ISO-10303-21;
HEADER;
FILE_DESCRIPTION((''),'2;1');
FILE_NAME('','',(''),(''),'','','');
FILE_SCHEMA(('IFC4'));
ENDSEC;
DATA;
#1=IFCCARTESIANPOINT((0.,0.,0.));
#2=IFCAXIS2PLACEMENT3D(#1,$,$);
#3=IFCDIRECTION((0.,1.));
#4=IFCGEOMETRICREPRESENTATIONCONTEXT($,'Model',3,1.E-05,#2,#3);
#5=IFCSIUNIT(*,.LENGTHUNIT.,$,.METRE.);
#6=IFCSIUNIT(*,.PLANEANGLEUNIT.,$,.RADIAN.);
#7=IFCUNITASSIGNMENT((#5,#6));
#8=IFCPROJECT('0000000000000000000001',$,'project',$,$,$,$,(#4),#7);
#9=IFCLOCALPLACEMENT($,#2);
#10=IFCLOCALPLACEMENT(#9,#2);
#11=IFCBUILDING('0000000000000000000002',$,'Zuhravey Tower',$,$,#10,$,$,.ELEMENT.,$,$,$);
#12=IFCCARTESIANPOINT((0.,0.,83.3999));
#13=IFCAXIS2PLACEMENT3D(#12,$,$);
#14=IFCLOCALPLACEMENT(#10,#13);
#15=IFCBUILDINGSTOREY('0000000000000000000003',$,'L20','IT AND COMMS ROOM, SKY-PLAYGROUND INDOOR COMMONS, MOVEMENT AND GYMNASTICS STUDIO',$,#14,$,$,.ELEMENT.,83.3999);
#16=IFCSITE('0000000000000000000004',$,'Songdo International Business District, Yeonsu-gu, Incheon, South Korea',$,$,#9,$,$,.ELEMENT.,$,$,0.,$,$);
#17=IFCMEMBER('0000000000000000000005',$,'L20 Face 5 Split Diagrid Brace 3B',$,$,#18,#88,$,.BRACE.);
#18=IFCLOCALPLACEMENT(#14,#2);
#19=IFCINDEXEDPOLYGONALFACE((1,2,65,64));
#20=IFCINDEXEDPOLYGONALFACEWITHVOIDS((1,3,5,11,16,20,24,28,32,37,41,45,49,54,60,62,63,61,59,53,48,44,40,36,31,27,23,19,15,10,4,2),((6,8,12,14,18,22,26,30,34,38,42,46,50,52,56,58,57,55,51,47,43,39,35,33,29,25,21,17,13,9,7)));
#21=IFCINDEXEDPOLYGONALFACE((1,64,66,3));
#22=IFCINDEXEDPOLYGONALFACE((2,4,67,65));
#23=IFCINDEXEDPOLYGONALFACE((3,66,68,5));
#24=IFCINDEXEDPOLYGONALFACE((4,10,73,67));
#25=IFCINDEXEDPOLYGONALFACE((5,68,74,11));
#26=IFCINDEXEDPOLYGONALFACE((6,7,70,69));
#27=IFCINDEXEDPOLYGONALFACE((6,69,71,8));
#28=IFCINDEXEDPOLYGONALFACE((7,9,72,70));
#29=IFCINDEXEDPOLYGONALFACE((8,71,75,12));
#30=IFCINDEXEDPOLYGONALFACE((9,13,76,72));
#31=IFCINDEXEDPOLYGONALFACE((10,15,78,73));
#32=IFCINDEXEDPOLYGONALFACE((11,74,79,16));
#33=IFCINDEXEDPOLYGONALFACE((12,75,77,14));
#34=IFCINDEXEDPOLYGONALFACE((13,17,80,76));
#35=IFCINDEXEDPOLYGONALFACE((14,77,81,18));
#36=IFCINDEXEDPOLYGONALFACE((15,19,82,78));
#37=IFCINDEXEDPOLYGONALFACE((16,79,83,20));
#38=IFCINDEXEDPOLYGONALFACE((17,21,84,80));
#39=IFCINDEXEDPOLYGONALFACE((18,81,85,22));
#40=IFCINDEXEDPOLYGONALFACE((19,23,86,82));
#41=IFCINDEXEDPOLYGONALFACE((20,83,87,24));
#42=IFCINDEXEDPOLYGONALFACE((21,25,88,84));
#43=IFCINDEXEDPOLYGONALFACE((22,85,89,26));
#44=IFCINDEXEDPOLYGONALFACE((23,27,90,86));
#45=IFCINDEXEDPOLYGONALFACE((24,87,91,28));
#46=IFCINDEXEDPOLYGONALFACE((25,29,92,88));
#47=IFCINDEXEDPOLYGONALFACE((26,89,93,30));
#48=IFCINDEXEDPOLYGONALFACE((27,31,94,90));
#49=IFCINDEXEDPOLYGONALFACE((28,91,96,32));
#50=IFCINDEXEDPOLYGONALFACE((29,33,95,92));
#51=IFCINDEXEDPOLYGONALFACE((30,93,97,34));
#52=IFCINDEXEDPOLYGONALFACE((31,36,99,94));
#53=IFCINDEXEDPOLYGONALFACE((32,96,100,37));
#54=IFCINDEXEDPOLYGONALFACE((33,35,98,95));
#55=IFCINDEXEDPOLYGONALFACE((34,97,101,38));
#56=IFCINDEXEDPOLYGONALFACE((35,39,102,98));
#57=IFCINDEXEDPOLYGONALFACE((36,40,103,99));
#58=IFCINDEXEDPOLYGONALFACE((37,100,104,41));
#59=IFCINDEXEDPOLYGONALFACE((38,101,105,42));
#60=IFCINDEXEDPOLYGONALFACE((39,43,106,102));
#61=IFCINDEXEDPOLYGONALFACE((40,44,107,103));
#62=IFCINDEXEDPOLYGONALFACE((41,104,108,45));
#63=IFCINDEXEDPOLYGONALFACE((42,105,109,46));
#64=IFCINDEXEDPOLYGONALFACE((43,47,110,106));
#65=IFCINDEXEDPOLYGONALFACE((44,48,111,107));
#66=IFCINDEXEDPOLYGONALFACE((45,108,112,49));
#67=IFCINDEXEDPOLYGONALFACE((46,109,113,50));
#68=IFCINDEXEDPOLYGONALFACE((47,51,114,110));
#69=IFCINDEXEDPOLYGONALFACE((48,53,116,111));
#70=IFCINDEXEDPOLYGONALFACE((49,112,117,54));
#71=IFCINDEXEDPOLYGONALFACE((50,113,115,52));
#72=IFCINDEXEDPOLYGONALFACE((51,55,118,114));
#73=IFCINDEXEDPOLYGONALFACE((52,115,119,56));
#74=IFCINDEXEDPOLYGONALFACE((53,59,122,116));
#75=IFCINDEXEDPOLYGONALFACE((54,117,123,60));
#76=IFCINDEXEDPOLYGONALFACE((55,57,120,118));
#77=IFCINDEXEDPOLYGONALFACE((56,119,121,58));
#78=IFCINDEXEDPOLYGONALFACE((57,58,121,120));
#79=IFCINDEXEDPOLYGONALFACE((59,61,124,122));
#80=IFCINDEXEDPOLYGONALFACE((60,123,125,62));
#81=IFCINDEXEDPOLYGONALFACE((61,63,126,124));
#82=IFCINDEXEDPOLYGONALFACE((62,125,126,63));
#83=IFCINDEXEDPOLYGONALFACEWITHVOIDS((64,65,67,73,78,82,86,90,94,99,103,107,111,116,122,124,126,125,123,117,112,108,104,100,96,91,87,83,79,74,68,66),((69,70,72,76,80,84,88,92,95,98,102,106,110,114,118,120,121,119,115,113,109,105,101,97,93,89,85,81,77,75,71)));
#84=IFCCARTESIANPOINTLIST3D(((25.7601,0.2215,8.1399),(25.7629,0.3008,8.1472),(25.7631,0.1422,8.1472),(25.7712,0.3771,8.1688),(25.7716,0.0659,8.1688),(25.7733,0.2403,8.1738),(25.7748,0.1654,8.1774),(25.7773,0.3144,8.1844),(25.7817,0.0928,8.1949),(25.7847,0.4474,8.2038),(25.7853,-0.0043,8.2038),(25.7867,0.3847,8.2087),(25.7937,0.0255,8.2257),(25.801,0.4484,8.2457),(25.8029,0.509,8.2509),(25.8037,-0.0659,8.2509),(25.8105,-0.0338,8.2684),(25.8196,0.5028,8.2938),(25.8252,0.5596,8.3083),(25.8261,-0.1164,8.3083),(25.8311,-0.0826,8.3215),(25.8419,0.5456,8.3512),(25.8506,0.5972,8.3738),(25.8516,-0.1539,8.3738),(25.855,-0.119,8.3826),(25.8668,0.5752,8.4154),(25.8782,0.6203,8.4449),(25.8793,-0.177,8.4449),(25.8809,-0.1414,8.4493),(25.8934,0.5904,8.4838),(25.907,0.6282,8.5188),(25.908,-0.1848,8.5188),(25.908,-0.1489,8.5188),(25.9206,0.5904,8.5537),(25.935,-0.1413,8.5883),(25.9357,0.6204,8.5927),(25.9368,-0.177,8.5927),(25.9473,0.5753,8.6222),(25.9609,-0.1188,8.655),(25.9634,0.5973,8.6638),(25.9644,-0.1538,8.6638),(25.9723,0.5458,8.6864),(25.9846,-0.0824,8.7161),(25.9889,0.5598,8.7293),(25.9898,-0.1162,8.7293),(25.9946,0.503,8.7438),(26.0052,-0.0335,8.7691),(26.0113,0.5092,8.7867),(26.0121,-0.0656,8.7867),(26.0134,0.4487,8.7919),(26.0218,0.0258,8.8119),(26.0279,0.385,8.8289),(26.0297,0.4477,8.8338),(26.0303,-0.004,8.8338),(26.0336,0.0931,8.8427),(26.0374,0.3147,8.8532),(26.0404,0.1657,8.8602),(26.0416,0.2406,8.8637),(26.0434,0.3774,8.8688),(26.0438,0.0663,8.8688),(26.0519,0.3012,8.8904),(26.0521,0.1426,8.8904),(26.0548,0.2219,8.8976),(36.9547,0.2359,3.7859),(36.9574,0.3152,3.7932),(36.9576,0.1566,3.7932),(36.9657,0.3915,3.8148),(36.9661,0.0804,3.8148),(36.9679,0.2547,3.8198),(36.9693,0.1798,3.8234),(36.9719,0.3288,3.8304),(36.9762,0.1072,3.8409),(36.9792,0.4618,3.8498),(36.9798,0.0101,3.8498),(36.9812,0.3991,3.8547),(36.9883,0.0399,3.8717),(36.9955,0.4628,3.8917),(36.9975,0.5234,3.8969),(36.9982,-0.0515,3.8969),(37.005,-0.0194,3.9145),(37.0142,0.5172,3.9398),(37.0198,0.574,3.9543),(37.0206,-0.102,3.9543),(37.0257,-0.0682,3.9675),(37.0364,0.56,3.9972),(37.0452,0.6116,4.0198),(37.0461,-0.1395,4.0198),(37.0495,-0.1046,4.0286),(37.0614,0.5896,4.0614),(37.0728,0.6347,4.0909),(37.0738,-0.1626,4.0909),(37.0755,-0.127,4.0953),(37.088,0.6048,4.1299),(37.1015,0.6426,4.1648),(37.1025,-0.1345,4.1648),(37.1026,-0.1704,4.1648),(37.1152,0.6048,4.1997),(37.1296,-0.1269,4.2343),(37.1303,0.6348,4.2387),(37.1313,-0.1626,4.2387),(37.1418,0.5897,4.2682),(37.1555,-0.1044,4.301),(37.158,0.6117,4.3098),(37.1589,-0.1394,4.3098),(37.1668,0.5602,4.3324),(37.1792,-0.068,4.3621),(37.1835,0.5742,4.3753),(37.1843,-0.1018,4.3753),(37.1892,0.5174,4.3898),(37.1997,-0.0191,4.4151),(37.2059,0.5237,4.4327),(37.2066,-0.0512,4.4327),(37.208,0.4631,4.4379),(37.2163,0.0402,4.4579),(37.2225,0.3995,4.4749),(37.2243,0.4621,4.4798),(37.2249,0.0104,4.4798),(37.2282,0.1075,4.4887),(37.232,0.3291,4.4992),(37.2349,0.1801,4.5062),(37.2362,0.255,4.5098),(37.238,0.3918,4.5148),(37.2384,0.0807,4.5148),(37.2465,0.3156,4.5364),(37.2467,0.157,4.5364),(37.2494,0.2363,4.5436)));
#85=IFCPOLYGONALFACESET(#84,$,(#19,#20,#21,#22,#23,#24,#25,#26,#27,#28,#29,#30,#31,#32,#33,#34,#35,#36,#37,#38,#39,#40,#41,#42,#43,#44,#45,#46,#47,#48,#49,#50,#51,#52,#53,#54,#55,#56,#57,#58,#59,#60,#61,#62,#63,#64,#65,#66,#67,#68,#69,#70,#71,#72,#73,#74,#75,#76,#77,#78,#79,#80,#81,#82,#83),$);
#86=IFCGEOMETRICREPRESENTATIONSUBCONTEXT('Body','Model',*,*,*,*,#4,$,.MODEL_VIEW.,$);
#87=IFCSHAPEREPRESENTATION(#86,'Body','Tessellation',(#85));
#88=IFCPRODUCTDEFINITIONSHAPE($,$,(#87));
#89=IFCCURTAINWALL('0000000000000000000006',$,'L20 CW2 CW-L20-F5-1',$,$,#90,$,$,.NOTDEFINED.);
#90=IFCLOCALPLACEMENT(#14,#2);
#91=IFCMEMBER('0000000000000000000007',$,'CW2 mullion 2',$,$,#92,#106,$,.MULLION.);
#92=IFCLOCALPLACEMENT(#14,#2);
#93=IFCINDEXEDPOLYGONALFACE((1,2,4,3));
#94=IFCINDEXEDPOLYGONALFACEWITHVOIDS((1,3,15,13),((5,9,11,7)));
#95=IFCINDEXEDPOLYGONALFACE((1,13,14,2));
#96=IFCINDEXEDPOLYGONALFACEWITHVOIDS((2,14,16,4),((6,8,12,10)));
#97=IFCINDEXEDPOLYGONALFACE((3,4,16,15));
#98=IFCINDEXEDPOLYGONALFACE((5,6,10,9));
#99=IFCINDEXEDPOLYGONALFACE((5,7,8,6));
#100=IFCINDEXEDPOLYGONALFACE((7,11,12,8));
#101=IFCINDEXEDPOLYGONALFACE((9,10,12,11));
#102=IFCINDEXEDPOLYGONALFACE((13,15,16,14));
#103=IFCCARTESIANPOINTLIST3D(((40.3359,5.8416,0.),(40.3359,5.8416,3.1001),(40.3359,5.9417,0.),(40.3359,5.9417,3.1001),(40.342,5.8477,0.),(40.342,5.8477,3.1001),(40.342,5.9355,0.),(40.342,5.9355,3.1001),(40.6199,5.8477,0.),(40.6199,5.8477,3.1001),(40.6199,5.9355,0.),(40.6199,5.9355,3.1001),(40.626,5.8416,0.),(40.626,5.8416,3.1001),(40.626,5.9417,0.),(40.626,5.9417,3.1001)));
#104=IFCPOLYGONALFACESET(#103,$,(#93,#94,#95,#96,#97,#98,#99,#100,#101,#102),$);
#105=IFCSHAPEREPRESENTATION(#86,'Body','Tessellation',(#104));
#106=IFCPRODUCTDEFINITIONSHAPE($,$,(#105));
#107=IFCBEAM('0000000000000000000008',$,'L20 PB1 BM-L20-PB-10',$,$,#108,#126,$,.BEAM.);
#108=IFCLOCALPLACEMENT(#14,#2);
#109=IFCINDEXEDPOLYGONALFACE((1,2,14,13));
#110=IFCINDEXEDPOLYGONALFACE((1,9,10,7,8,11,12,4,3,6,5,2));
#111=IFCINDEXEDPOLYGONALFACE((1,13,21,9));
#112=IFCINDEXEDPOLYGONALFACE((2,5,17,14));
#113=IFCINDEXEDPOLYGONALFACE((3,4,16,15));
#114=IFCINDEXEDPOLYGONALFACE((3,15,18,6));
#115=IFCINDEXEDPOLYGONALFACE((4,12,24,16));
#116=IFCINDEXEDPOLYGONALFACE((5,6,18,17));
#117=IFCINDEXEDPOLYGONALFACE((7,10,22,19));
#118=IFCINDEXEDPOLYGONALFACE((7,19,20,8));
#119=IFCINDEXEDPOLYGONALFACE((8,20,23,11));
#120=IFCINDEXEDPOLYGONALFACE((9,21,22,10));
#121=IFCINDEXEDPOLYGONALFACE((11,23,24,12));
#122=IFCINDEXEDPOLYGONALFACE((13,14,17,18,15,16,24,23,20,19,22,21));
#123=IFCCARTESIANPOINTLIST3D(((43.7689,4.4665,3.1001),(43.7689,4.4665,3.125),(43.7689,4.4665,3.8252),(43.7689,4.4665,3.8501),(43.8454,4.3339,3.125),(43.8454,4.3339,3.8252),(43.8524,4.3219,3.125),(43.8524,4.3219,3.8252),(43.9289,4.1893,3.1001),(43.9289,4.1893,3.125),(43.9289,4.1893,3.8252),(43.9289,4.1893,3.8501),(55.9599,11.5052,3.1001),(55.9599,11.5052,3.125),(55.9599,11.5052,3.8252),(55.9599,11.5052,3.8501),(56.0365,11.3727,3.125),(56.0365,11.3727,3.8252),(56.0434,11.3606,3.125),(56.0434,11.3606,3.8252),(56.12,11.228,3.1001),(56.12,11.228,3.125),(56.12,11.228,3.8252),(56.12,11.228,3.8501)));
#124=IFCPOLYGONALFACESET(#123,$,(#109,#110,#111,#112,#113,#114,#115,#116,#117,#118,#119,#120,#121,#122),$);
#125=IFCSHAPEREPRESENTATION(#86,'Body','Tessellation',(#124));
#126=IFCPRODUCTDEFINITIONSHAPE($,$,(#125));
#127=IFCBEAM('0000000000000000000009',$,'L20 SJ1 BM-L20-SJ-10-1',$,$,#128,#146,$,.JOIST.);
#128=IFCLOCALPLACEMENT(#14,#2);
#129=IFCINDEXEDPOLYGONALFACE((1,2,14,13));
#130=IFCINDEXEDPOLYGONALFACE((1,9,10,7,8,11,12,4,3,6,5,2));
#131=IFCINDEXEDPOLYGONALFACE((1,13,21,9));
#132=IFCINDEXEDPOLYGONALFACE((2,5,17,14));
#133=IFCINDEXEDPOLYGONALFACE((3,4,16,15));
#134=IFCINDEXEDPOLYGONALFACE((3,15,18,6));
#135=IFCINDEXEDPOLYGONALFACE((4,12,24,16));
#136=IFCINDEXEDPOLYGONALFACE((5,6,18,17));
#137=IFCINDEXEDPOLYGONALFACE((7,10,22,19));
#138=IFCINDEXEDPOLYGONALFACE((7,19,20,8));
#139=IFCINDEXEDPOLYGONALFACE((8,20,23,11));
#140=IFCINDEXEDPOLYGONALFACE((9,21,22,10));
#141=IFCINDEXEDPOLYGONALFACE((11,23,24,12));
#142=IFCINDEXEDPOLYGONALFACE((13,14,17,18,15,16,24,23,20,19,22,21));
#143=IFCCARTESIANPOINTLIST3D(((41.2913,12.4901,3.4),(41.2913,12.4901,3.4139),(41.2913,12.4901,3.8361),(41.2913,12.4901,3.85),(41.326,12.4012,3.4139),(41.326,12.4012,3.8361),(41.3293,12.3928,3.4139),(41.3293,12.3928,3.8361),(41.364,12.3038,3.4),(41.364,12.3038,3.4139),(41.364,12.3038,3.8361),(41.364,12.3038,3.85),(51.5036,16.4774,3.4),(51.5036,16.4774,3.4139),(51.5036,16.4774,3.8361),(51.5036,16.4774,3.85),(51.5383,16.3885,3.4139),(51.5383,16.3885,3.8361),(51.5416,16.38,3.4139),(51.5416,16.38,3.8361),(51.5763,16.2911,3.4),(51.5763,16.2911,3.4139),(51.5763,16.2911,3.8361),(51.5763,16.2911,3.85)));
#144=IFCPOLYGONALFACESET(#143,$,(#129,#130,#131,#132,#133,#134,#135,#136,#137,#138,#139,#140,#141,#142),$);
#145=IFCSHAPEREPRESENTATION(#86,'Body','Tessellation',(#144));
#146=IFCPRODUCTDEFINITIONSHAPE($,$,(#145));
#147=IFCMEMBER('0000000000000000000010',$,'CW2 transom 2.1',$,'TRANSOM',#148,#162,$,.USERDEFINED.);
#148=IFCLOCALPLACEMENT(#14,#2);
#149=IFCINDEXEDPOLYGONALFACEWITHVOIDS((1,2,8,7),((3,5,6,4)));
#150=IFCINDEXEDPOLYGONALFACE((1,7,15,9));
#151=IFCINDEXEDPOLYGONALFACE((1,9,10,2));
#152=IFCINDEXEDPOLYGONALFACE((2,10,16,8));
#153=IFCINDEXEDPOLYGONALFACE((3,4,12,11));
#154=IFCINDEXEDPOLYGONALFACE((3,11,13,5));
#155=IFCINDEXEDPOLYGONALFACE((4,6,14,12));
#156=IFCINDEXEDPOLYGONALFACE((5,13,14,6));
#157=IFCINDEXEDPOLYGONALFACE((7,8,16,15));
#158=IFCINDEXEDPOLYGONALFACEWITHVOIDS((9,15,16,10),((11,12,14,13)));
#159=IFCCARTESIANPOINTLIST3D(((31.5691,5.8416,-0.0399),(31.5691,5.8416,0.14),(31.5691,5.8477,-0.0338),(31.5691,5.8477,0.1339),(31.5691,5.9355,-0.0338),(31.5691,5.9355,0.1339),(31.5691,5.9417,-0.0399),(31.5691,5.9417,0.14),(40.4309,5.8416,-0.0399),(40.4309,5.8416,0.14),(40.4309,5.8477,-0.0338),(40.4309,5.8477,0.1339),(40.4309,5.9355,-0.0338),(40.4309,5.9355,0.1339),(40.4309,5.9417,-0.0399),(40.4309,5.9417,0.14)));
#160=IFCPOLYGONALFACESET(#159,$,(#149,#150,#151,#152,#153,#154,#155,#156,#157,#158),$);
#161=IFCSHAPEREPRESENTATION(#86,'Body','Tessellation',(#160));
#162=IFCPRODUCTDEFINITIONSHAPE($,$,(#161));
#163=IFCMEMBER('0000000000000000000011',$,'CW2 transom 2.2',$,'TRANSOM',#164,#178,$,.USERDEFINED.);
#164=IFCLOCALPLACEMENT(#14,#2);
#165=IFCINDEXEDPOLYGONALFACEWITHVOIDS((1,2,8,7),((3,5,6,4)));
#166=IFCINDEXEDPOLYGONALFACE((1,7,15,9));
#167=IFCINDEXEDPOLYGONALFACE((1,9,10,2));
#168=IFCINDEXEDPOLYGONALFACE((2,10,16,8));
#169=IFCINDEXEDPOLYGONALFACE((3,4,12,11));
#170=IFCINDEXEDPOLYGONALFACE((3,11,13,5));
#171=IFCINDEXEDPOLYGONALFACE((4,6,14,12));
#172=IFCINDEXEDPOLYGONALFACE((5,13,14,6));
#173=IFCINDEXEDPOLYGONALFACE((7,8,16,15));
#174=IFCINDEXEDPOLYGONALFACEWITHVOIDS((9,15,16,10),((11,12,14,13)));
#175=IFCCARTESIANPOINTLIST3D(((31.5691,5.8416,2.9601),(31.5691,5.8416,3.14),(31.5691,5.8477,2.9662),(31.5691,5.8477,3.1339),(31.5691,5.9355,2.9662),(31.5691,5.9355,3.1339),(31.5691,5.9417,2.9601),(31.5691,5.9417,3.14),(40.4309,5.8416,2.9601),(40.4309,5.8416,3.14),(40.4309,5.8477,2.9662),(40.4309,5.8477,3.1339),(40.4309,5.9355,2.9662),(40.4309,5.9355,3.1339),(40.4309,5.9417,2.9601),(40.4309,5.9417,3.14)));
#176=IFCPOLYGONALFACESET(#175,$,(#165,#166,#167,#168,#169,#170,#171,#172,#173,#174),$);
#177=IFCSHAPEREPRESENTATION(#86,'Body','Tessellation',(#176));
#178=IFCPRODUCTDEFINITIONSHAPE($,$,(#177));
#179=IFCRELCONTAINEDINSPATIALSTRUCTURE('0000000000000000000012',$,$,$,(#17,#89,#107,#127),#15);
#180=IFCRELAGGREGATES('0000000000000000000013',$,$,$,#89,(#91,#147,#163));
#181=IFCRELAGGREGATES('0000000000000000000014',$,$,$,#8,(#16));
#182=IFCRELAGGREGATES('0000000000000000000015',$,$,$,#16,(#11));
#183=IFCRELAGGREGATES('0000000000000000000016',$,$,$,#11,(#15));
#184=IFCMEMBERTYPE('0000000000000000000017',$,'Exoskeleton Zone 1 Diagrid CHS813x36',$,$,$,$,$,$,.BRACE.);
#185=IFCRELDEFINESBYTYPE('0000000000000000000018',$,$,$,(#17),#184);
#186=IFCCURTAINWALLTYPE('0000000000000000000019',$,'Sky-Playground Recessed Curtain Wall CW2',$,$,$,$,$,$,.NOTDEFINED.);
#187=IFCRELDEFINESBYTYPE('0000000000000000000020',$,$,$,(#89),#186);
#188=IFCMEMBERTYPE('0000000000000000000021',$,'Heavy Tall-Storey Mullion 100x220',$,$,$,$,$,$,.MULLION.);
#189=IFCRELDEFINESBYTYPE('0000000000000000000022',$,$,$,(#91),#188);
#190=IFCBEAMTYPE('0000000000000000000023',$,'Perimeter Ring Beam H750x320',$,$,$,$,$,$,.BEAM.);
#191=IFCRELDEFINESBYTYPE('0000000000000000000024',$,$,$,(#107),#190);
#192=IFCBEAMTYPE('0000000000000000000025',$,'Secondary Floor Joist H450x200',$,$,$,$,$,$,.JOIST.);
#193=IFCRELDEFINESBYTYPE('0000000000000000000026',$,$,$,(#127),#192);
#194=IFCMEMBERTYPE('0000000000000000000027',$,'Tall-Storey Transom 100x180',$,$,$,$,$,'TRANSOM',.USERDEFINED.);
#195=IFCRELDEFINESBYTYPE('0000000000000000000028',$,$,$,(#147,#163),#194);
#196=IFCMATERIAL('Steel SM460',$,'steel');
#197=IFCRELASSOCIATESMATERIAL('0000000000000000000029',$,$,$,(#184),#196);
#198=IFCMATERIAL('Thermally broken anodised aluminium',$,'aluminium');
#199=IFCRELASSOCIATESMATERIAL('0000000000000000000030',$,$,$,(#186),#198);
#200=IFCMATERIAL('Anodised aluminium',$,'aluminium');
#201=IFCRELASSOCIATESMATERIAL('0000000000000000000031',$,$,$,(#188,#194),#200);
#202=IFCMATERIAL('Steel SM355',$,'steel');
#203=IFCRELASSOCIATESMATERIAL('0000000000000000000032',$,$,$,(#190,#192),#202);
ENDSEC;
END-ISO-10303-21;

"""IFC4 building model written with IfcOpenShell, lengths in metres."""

from ifc_helpers import new_model, si_unit, direction, frame, origin, origin_2d, place, context, subcontext, project, spatial, hollow_rectangle, hollow_circle, i_section, extrude, material, material_profile, profile_set, type_object, element, aggregate, save


model = new_model("IFC4")

# Units and contexts
model_context = context("Model", 3, precision=1e-05, world=origin(), true_north=direction((0.0, 1.0)))
body_context = subcontext(model_context, "Body", "Model", "MODEL_VIEW")
ifc_project = project(units=[si_unit("LENGTHUNIT", "METRE"), si_unit("PLANEANGLEUNIT", "RADIAN")], contexts=[model_context])

# Site, building, storey
site_placement = place(None, origin())
site = spatial("IfcSite", under=ifc_project, at=site_placement, Name="Songdo International Business District, Yeonsu-gu, Incheon, South Korea", CompositionType="ELEMENT", RefElevation=0.0)
building_placement = place(site_placement, origin())
building = spatial("IfcBuilding", under=site, at=building_placement, Name="Zuhravey Tower", CompositionType="ELEMENT")
storey_placement = place(building_placement, frame((0.0, 0.0, 83.3999)))
storey = spatial("IfcBuildingStorey", under=building, at=storey_placement, Name="L20", Description="IT AND COMMS ROOM, SKY-PLAYGROUND INDOOR COMMONS, MOVEMENT AND GYMNASTICS STUDIO", CompositionType="ELEMENT", Elevation=83.3999)

# Member
ifc_material_1 = material(Name="Steel SM460", Category="steel")
ifc_material_profile_1 = material_profile(ifc_material_1, hollow_circle(Radius=0.4065, WallThickness=0.0359, at=origin_2d()), Name="CHS-812.8x36")
ifc_profile_set_1 = profile_set([ifc_material_profile_1], Name="Steel SM460")
member_type_1 = type_object("IfcMemberType", Name="Exoskeleton Zone 1 Diagrid CHS813x36", PredefinedType="BRACE", material=ifc_profile_set_1)
member_1_placement = place(storey_placement, frame((37.1021, 0.2361, 4.1648), z_axis=(-0.931988, -0.001199, 0.362486), x_axis=(0.001287, -0.999999, 0.0)))
element("IfcMember", 1, at=member_1_placement, inside=storey, type_object=member_type_1, Name="L20 Face 5 Split Diagrid Brace 3B", PredefinedType="BRACE", context=body_context, shape_type="SweptSolid", body=[
    extrude(hollow_circle(Radius=0.4065, WallThickness=0.0359, at=origin_2d()), origin(), (0.0, 0.0, 1.0), 12.0115),
])

# Curtain wall, member
ifc_material_2 = material(Name="Thermally broken anodised aluminium", Category="aluminium")
curtain_wall_type = type_object("IfcCurtainWallType", Name="Sky-Playground Recessed Curtain Wall CW2", PredefinedType="NOTDEFINED", material=ifc_material_2)
curtain_wall_placement = place(storey_placement, origin())
curtain_wall = element("IfcCurtainWall", 2, at=curtain_wall_placement, inside=storey, type_object=curtain_wall_type, Name="L20 CW2 CW-L20-F5-1", PredefinedType="NOTDEFINED")
ifc_material_3 = material(Name="Anodised aluminium", Category="aluminium")
ifc_material_profile_2 = material_profile(ifc_material_3, hollow_rectangle(XDim=0.1001, YDim=0.29, WallThickness=0.0061, at=origin_2d()), Name="ALU-RHS-100x290x6")
ifc_profile_set_2 = profile_set([ifc_material_profile_2], Name="Anodised aluminium")
member_type_2 = type_object("IfcMemberType", Name="Heavy Tall-Storey Mullion 100x220", PredefinedType="MULLION", material=ifc_profile_set_2)
member_2_placement = place(storey_placement, frame((40.481, 5.8916, 0.0), z_axis=(0.0, 0.0, 1.0), x_axis=(0.0, -1.0, 0.0)))
member_2 = element("IfcMember", 3, at=member_2_placement, type_object=member_type_2, Name="CW2 mullion 2", PredefinedType="MULLION", context=body_context, shape_type="SweptSolid", body=[
    extrude(hollow_rectangle(XDim=0.1001, YDim=0.29, WallThickness=0.0061, at=origin_2d()), origin(), (0.0, 0.0, 1.0), 3.1001),
])

# Beams
ifc_material_4 = material(Name="Steel SM355", Category="steel")
ifc_material_profile_3 = material_profile(ifc_material_4, i_section(OverallWidth=0.3201, OverallDepth=0.75, WebThickness=0.0139, FlangeThickness=0.0249, at=origin_2d()), Name="H-750x320x14x25")
ifc_profile_set_3 = profile_set([ifc_material_profile_3], Name="Steel SM355")
beam_type_1 = type_object("IfcBeamType", Name="Perimeter Ring Beam H750x320", PredefinedType="BEAM", material=ifc_profile_set_3)
beam_1_placement = place(storey_placement, frame((43.8489, 4.3279, 3.4751), z_axis=(0.866018, 0.500013, 0.0), x_axis=(-0.500013, 0.866018, 0.0)))
element("IfcBeam", 4, at=beam_1_placement, inside=storey, type_object=beam_type_1, Name="L20 PB1 BM-L20-PB-10", PredefinedType="BEAM", context=body_context, shape_type="SweptSolid", body=[
    extrude(i_section(OverallWidth=0.3201, OverallDepth=0.75, WebThickness=0.0139, FlangeThickness=0.0249, at=origin_2d()), origin(), (0.0, 0.0, 1.0), 14.0771),
])
ifc_material_profile_4 = material_profile(ifc_material_4, i_section(OverallWidth=0.2, OverallDepth=0.45, WebThickness=0.009, FlangeThickness=0.0139, at=origin_2d()), Name="H-450x200x9x14")
ifc_profile_set_4 = profile_set([ifc_material_profile_4], Name="Steel SM355")
beam_type_2 = type_object("IfcBeamType", Name="Secondary Floor Joist H450x200", PredefinedType="JOIST", material=ifc_profile_set_4)
beam_2_placement = place(storey_placement, frame((41.3276, 12.397, 3.625), z_axis=(0.931517, 0.363699, 0.0), x_axis=(-0.363699, 0.931517, 0.0)))
element("IfcBeam", 5, at=beam_2_placement, inside=storey, type_object=beam_type_2, Name="L20 SJ1 BM-L20-SJ-10-1", PredefinedType="JOIST", context=body_context, shape_type="SweptSolid", body=[
    extrude(i_section(OverallWidth=0.2, OverallDepth=0.45, WebThickness=0.009, FlangeThickness=0.0139, at=origin_2d()), origin(), (0.0, 0.0, 1.0), 10.9631),
])

# Members
ifc_material_profile_5 = material_profile(ifc_material_3, hollow_rectangle(XDim=0.1001, YDim=0.1799, WallThickness=0.0061, at=origin_2d()), Name="ALU-RHS-100x180x6")
ifc_profile_set_5 = profile_set([ifc_material_profile_5], Name="Anodised aluminium")
member_type_3 = type_object("IfcMemberType", Name="Tall-Storey Transom 100x180", ElementType="TRANSOM", PredefinedType="USERDEFINED", material=ifc_profile_set_5)
member_3_placement = place(storey_placement, frame((40.4309, 5.8916, 0.05), z_axis=(-1.0, 0.0, 0.0), x_axis=(0.0, -1.0, 0.0)))
member_3 = element("IfcMember", 6, at=member_3_placement, type_object=member_type_3, Name="CW2 transom 2.1", ObjectType="TRANSOM", PredefinedType="USERDEFINED", context=body_context, shape_type="SweptSolid", body=[
    extrude(hollow_rectangle(XDim=0.1001, YDim=0.1799, WallThickness=0.0061, at=origin_2d()), origin(), (0.0, 0.0, 1.0), 8.8618),
])
member_4_placement = place(storey_placement, frame((40.4309, 5.8916, 3.05), z_axis=(-1.0, 0.0, 0.0), x_axis=(0.0, -1.0, 0.0)))
member_4 = element("IfcMember", 7, at=member_4_placement, type_object=member_type_3, Name="CW2 transom 2.2", ObjectType="TRANSOM", PredefinedType="USERDEFINED", context=body_context, shape_type="SweptSolid", body=[
    extrude(hollow_rectangle(XDim=0.1001, YDim=0.1799, WallThickness=0.0061, at=origin_2d()), origin(), (0.0, 0.0, 1.0), 8.8618),
])

aggregate(curtain_wall, [member_2, member_3, member_4])

save(model, "model.ifc")
